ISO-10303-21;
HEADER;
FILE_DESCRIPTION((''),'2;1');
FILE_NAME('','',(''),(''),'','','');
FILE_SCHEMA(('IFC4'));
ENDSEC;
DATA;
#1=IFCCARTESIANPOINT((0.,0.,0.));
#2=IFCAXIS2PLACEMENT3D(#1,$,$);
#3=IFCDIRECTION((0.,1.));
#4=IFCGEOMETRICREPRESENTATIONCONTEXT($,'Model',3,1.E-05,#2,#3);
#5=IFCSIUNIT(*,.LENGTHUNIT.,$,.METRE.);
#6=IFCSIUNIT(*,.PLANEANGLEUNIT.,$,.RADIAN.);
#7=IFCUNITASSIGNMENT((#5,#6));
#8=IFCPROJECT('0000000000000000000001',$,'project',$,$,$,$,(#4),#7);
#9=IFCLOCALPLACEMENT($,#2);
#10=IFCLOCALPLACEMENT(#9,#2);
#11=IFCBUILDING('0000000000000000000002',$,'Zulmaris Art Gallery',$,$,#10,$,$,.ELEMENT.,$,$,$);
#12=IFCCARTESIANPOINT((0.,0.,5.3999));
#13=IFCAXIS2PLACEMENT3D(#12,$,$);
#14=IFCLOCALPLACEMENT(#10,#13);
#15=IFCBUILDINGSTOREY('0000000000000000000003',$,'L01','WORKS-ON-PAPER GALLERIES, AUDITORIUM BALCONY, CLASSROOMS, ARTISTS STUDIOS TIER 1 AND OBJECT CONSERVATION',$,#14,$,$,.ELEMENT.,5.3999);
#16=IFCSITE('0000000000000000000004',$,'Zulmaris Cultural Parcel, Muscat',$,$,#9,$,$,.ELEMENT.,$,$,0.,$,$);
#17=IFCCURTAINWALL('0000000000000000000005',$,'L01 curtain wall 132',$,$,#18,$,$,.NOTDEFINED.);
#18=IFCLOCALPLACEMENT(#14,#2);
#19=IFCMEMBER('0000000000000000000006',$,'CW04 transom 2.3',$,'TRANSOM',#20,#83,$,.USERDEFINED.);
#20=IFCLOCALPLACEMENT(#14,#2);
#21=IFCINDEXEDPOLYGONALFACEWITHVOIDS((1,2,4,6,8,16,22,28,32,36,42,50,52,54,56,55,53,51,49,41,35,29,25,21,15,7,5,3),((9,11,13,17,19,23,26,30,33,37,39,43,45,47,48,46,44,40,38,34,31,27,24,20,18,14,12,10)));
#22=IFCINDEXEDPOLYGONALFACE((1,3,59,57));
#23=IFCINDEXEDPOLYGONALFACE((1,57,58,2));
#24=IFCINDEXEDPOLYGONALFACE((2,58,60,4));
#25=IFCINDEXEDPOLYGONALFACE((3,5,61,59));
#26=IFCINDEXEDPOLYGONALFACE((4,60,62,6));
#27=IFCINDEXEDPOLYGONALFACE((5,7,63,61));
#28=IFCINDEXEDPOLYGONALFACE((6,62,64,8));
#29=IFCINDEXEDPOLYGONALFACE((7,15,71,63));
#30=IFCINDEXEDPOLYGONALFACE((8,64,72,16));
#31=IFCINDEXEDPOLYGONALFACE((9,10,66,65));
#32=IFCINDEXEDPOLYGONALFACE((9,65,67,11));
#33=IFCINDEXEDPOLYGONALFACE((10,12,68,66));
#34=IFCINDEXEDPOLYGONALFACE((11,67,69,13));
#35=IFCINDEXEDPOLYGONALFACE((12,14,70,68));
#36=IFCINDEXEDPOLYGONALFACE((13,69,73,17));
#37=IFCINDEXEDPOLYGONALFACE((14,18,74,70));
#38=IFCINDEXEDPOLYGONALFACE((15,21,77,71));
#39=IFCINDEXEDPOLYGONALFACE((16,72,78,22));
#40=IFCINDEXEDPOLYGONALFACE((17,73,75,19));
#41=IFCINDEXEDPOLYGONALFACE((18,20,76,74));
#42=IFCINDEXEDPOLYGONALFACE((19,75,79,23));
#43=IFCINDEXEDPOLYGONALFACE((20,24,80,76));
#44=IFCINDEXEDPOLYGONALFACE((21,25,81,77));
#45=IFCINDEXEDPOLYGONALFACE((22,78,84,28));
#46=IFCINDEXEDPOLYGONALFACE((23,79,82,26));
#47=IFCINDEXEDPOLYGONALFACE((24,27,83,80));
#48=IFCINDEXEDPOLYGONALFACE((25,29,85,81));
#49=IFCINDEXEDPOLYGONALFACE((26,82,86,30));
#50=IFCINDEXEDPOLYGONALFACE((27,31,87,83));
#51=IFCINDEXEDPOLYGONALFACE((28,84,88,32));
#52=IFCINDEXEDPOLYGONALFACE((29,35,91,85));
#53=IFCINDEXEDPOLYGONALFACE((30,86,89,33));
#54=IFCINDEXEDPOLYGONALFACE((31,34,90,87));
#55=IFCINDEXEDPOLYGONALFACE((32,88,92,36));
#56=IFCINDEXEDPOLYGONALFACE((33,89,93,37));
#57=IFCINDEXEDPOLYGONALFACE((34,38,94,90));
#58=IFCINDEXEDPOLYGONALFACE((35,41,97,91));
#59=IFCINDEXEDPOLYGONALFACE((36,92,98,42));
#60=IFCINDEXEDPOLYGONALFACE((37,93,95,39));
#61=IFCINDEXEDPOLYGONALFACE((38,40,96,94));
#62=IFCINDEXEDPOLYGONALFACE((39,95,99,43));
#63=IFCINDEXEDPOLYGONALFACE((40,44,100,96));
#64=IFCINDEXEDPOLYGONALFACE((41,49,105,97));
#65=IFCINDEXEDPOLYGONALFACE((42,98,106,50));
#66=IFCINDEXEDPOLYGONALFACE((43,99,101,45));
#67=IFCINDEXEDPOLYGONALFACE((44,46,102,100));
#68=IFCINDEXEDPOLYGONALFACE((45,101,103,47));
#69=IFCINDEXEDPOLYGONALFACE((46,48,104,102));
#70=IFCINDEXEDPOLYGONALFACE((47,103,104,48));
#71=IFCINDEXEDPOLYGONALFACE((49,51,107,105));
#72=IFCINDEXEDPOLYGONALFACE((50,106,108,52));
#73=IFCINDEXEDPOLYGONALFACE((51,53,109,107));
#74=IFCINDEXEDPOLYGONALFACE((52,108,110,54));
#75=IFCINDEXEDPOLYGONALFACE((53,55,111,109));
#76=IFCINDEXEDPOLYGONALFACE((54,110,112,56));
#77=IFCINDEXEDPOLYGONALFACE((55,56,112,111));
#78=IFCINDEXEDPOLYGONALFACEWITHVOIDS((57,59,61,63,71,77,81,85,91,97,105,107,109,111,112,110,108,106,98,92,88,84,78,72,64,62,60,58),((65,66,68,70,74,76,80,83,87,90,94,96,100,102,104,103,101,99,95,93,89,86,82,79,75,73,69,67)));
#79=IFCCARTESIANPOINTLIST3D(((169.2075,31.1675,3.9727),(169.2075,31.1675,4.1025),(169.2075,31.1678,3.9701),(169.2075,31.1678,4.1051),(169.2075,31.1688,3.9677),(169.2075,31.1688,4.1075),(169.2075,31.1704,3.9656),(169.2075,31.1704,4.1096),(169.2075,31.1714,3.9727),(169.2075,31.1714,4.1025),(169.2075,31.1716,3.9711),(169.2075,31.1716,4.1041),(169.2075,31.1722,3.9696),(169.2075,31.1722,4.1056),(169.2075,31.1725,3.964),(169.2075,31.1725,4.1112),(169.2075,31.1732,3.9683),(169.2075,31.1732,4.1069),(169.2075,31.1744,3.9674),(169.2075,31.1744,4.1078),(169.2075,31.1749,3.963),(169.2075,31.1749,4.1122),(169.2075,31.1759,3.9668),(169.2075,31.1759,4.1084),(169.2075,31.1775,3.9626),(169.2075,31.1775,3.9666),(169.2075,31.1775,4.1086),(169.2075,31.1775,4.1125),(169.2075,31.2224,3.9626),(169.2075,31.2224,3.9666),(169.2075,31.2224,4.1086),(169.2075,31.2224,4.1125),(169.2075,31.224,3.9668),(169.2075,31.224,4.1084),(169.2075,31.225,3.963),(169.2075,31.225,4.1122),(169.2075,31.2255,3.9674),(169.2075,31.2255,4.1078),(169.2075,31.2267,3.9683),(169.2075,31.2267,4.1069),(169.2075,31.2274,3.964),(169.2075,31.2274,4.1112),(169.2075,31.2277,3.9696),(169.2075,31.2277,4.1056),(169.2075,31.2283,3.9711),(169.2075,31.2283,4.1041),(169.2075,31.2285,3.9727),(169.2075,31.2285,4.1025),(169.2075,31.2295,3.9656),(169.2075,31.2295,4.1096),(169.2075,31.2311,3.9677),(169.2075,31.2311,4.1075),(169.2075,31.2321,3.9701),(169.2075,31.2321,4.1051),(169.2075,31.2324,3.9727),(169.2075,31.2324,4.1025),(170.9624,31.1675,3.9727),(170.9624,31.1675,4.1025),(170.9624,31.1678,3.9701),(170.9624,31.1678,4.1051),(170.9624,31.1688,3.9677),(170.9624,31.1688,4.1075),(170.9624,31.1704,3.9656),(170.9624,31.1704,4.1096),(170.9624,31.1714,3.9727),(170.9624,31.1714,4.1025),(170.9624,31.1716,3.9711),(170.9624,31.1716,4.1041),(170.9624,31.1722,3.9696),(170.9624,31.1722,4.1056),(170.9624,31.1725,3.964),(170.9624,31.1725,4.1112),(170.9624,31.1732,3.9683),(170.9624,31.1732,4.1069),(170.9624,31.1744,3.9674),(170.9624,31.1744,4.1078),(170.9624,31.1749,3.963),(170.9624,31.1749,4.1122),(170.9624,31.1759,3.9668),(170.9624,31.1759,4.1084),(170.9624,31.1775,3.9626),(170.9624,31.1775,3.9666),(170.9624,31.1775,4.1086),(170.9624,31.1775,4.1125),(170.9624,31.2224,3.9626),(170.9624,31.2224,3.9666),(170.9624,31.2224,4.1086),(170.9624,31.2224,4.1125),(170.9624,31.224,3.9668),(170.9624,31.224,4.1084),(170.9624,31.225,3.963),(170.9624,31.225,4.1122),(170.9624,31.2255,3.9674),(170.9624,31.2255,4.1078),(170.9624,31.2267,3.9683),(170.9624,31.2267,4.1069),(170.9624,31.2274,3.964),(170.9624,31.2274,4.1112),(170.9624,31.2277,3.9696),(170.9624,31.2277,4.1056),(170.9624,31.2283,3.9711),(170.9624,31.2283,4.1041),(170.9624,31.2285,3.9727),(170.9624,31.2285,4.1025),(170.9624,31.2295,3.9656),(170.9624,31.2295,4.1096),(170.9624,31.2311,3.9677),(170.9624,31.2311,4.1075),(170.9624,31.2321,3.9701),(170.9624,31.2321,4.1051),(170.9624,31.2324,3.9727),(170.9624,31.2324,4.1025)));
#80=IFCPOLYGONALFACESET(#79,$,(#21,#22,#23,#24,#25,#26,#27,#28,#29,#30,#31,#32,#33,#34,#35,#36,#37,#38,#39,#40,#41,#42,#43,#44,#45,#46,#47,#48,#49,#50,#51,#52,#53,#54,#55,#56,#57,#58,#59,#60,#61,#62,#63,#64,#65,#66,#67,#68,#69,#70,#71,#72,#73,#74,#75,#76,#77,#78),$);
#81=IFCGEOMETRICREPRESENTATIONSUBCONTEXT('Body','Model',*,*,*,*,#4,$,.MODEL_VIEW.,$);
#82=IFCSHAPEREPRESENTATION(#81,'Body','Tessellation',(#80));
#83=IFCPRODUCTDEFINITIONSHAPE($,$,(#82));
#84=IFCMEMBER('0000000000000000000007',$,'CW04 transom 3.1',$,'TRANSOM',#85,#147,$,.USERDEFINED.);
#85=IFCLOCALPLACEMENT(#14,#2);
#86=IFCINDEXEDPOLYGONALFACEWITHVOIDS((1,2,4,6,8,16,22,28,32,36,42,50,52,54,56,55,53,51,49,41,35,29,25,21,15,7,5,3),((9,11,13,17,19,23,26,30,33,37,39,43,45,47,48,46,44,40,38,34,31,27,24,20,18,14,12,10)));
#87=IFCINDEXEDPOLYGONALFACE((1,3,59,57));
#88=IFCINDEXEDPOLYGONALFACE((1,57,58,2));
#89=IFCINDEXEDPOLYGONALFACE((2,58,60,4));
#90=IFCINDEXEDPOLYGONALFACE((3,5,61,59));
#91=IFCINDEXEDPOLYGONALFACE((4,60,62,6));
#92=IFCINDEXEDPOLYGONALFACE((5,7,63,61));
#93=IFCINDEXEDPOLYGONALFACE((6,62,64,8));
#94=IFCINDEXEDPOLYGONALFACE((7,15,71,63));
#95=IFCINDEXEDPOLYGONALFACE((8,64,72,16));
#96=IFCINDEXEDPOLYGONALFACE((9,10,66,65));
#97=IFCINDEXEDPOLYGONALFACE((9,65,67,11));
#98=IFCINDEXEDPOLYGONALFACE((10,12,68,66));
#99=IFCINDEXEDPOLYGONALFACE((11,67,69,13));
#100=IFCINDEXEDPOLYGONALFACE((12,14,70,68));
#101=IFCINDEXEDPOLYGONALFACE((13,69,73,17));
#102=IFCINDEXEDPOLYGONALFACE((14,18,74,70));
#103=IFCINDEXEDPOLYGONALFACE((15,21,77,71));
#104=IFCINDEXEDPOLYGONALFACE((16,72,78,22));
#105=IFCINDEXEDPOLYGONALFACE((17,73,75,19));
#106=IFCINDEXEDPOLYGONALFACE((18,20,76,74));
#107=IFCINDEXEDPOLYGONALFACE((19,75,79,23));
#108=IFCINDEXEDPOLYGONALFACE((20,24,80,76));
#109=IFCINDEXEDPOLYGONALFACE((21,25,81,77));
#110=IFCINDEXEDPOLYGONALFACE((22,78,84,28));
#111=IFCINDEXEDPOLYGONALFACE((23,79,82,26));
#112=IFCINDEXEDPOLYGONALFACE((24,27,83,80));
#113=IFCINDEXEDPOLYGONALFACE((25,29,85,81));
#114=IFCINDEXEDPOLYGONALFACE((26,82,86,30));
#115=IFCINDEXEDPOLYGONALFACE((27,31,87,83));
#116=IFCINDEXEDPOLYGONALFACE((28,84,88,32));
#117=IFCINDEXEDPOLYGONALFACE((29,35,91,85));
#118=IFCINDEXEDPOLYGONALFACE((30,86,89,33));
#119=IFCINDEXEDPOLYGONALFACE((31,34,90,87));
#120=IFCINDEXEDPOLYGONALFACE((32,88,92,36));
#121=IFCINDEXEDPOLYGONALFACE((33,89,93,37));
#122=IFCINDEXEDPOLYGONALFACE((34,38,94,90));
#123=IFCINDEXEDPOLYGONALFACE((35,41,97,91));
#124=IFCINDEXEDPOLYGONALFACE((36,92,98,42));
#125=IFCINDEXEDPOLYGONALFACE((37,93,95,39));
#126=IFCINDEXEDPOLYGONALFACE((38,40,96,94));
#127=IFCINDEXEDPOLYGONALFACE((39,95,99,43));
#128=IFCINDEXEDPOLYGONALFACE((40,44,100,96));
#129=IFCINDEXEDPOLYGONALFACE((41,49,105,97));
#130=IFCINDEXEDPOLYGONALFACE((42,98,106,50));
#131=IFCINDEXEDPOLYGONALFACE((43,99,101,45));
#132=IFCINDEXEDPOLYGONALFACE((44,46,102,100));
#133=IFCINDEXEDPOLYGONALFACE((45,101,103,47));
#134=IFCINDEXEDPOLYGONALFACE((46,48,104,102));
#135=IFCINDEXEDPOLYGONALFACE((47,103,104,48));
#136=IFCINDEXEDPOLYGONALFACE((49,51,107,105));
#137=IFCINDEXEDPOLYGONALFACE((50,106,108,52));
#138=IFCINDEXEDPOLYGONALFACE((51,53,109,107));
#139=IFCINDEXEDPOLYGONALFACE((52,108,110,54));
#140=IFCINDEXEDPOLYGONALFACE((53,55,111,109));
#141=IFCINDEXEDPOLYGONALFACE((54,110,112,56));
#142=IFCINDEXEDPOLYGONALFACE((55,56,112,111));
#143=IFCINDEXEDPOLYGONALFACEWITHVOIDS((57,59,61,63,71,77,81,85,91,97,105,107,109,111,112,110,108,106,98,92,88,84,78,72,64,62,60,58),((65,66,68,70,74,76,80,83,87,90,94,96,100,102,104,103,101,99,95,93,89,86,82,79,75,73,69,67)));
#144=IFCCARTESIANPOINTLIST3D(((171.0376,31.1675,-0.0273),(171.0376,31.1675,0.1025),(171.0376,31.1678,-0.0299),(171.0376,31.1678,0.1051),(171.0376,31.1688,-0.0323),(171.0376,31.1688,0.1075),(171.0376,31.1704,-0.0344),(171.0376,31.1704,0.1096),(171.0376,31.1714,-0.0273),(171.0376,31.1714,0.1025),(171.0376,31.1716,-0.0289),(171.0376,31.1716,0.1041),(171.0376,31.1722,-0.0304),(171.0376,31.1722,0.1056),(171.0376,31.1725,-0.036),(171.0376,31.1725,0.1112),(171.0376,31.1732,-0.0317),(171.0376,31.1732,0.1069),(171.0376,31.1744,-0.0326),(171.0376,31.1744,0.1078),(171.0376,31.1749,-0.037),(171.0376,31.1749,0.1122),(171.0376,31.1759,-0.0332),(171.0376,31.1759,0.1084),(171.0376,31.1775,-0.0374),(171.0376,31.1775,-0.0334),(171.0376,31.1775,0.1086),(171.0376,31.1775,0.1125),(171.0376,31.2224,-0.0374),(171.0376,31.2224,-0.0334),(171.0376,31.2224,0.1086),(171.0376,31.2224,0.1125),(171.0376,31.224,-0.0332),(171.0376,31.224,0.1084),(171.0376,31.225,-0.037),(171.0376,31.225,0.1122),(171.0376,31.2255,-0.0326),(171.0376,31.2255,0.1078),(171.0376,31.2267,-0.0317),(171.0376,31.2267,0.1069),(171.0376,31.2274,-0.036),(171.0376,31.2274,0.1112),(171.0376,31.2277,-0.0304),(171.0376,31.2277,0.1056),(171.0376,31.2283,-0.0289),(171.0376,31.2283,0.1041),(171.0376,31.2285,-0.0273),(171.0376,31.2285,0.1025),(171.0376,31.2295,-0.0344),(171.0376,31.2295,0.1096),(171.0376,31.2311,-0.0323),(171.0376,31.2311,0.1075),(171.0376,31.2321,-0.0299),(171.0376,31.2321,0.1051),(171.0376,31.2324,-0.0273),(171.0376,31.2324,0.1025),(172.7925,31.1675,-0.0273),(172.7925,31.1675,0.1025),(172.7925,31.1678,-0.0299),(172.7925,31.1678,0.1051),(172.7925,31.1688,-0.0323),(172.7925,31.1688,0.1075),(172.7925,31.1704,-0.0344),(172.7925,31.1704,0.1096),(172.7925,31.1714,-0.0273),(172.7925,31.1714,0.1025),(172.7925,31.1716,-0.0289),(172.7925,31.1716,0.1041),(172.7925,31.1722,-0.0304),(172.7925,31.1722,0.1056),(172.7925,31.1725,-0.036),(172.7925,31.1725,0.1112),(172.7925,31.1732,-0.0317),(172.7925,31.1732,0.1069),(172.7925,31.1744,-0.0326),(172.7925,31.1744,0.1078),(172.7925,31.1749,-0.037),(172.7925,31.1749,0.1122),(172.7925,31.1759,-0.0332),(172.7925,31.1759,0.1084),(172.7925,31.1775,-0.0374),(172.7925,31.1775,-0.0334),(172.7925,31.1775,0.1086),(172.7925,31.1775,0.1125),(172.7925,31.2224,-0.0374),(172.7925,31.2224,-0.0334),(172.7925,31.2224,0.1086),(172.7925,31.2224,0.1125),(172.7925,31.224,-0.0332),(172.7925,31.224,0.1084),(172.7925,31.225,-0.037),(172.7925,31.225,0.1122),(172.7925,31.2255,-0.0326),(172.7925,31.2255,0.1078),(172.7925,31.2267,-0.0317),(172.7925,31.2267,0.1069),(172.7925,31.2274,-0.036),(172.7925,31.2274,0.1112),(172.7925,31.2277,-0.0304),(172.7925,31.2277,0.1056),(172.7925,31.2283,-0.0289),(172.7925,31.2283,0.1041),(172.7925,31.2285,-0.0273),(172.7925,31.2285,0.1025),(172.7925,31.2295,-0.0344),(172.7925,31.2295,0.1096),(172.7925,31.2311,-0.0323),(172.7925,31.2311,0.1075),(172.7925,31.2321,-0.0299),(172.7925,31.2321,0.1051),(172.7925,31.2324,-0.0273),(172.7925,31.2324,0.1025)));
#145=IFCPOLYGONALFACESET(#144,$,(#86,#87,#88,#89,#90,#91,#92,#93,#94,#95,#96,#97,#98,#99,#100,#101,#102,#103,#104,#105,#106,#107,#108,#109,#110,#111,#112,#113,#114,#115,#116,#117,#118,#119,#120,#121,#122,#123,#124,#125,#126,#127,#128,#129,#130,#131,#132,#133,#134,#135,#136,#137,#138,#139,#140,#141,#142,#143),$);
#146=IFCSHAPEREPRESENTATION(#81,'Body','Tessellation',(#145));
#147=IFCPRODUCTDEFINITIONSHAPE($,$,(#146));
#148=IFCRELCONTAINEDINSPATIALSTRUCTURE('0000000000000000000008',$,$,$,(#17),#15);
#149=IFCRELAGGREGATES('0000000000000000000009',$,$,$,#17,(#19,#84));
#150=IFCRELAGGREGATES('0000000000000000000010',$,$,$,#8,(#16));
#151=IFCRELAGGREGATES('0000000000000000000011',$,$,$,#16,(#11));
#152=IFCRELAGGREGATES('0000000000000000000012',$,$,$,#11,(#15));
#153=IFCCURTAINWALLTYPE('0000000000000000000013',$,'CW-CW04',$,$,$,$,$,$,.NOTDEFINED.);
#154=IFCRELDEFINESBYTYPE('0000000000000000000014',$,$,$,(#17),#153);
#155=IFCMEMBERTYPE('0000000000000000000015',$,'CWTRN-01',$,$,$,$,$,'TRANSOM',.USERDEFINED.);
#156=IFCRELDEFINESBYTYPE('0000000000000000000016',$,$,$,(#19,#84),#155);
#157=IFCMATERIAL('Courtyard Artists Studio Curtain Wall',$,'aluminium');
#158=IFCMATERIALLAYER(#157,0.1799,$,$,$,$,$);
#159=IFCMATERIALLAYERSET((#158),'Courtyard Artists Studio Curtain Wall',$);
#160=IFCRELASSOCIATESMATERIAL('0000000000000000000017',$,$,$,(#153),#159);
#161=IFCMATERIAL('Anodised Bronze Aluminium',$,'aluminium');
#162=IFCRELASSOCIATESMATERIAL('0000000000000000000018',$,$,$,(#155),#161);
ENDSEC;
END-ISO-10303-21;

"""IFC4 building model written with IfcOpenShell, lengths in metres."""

from ifc_helpers import new_model, si_unit, direction, frame, origin, origin_2d, place, context, subcontext, project, spatial, hollow_rectangle, extrude, material, layer, layer_set, material_profile, profile_set, type_object, element, aggregate, save


model = new_model("IFC4")

# Units and contexts
model_context = context("Model", 3, precision=1e-05, world=origin(), true_north=direction((0.0, 1.0)))
body_context = subcontext(model_context, "Body", "Model", "MODEL_VIEW")
ifc_project = project(units=[si_unit("LENGTHUNIT", "METRE"), si_unit("PLANEANGLEUNIT", "RADIAN")], contexts=[model_context])

# Site, building, storey
site_placement = place(None, origin())
site = spatial("IfcSite", under=ifc_project, at=site_placement, Name="Zulmaris Cultural Parcel, Muscat", CompositionType="ELEMENT", RefElevation=0.0)
building_placement = place(site_placement, origin())
building = spatial("IfcBuilding", under=site, at=building_placement, Name="Zulmaris Art Gallery", CompositionType="ELEMENT")
storey_placement = place(building_placement, frame((0.0, 0.0, 5.3999)))
storey = spatial("IfcBuildingStorey", under=building, at=storey_placement, Name="L01", Description="WORKS-ON-PAPER GALLERIES, AUDITORIUM BALCONY, CLASSROOMS, ARTISTS STUDIOS TIER 1 AND OBJECT CONSERVATION", CompositionType="ELEMENT", Elevation=5.3999)

# Curtain wall, members
ifc_material_1 = material(Name="Courtyard Artists Studio Curtain Wall", Category="aluminium")
ifc_layer_1 = layer(ifc_material_1, 0.1799)
ifc_layer_set_1 = layer_set([ifc_layer_1], Name="Courtyard Artists Studio Curtain Wall")
curtain_wall_type = type_object("IfcCurtainWallType", Name="CW-CW04", PredefinedType="NOTDEFINED", material=ifc_layer_set_1)
curtain_wall_placement = place(storey_placement, origin())
curtain_wall = element("IfcCurtainWall", 1, at=curtain_wall_placement, inside=storey, type_object=curtain_wall_type, Name="L01 curtain wall 132", PredefinedType="NOTDEFINED")
ifc_material_2 = material(Name="Anodised Bronze Aluminium", Category="aluminium")
ifc_material_profile_1 = material_profile(ifc_material_2, hollow_rectangle(XDim=0.0649, YDim=0.1499, WallThickness=0.0039, InnerFilletRadius=0.0061, OuterFilletRadius=0.01, at=origin_2d()), Name="ALU 65x150x4")
ifc_profile_set_1 = profile_set([ifc_material_profile_1], Name="Anodised Bronze Aluminium")
member_type_1 = type_object("IfcMemberType", Name="CWTRN-01", ElementType="TRANSOM", PredefinedType="USERDEFINED", material=ifc_profile_set_1)
member_1_placement = place(storey_placement, frame((169.2075, 31.2, 4.0376), z_axis=(1.0, 0.0, 0.0), x_axis=(0.0, 1.0, 0.0)))
member_1 = element("IfcMember", 2, at=member_1_placement, type_object=member_type_1, Name="CW04 transom 2.3", ObjectType="TRANSOM", PredefinedType="USERDEFINED", context=body_context, shape_type="SweptSolid", body=[
    extrude(hollow_rectangle(XDim=0.0649, YDim=0.1499, WallThickness=0.0039, InnerFilletRadius=0.0061, OuterFilletRadius=0.01, at=origin_2d()), origin(), (0.0, 0.0, 1.0), 1.7549),
])
member_2_placement = place(storey_placement, frame((171.0376, 31.2, 0.0376), z_axis=(1.0, 0.0, 0.0), x_axis=(0.0, 1.0, 0.0)))
member_2 = element("IfcMember", 3, at=member_2_placement, type_object=member_type_1, Name="CW04 transom 3.1", ObjectType="TRANSOM", PredefinedType="USERDEFINED", context=body_context, shape_type="SweptSolid", body=[
    extrude(hollow_rectangle(XDim=0.0649, YDim=0.1499, WallThickness=0.0039, InnerFilletRadius=0.0061, OuterFilletRadius=0.01, at=origin_2d()), origin(), (0.0, 0.0, 1.0), 1.7549),
])
aggregate(curtain_wall, [member_1, member_2])

save(model, "model.ifc")
